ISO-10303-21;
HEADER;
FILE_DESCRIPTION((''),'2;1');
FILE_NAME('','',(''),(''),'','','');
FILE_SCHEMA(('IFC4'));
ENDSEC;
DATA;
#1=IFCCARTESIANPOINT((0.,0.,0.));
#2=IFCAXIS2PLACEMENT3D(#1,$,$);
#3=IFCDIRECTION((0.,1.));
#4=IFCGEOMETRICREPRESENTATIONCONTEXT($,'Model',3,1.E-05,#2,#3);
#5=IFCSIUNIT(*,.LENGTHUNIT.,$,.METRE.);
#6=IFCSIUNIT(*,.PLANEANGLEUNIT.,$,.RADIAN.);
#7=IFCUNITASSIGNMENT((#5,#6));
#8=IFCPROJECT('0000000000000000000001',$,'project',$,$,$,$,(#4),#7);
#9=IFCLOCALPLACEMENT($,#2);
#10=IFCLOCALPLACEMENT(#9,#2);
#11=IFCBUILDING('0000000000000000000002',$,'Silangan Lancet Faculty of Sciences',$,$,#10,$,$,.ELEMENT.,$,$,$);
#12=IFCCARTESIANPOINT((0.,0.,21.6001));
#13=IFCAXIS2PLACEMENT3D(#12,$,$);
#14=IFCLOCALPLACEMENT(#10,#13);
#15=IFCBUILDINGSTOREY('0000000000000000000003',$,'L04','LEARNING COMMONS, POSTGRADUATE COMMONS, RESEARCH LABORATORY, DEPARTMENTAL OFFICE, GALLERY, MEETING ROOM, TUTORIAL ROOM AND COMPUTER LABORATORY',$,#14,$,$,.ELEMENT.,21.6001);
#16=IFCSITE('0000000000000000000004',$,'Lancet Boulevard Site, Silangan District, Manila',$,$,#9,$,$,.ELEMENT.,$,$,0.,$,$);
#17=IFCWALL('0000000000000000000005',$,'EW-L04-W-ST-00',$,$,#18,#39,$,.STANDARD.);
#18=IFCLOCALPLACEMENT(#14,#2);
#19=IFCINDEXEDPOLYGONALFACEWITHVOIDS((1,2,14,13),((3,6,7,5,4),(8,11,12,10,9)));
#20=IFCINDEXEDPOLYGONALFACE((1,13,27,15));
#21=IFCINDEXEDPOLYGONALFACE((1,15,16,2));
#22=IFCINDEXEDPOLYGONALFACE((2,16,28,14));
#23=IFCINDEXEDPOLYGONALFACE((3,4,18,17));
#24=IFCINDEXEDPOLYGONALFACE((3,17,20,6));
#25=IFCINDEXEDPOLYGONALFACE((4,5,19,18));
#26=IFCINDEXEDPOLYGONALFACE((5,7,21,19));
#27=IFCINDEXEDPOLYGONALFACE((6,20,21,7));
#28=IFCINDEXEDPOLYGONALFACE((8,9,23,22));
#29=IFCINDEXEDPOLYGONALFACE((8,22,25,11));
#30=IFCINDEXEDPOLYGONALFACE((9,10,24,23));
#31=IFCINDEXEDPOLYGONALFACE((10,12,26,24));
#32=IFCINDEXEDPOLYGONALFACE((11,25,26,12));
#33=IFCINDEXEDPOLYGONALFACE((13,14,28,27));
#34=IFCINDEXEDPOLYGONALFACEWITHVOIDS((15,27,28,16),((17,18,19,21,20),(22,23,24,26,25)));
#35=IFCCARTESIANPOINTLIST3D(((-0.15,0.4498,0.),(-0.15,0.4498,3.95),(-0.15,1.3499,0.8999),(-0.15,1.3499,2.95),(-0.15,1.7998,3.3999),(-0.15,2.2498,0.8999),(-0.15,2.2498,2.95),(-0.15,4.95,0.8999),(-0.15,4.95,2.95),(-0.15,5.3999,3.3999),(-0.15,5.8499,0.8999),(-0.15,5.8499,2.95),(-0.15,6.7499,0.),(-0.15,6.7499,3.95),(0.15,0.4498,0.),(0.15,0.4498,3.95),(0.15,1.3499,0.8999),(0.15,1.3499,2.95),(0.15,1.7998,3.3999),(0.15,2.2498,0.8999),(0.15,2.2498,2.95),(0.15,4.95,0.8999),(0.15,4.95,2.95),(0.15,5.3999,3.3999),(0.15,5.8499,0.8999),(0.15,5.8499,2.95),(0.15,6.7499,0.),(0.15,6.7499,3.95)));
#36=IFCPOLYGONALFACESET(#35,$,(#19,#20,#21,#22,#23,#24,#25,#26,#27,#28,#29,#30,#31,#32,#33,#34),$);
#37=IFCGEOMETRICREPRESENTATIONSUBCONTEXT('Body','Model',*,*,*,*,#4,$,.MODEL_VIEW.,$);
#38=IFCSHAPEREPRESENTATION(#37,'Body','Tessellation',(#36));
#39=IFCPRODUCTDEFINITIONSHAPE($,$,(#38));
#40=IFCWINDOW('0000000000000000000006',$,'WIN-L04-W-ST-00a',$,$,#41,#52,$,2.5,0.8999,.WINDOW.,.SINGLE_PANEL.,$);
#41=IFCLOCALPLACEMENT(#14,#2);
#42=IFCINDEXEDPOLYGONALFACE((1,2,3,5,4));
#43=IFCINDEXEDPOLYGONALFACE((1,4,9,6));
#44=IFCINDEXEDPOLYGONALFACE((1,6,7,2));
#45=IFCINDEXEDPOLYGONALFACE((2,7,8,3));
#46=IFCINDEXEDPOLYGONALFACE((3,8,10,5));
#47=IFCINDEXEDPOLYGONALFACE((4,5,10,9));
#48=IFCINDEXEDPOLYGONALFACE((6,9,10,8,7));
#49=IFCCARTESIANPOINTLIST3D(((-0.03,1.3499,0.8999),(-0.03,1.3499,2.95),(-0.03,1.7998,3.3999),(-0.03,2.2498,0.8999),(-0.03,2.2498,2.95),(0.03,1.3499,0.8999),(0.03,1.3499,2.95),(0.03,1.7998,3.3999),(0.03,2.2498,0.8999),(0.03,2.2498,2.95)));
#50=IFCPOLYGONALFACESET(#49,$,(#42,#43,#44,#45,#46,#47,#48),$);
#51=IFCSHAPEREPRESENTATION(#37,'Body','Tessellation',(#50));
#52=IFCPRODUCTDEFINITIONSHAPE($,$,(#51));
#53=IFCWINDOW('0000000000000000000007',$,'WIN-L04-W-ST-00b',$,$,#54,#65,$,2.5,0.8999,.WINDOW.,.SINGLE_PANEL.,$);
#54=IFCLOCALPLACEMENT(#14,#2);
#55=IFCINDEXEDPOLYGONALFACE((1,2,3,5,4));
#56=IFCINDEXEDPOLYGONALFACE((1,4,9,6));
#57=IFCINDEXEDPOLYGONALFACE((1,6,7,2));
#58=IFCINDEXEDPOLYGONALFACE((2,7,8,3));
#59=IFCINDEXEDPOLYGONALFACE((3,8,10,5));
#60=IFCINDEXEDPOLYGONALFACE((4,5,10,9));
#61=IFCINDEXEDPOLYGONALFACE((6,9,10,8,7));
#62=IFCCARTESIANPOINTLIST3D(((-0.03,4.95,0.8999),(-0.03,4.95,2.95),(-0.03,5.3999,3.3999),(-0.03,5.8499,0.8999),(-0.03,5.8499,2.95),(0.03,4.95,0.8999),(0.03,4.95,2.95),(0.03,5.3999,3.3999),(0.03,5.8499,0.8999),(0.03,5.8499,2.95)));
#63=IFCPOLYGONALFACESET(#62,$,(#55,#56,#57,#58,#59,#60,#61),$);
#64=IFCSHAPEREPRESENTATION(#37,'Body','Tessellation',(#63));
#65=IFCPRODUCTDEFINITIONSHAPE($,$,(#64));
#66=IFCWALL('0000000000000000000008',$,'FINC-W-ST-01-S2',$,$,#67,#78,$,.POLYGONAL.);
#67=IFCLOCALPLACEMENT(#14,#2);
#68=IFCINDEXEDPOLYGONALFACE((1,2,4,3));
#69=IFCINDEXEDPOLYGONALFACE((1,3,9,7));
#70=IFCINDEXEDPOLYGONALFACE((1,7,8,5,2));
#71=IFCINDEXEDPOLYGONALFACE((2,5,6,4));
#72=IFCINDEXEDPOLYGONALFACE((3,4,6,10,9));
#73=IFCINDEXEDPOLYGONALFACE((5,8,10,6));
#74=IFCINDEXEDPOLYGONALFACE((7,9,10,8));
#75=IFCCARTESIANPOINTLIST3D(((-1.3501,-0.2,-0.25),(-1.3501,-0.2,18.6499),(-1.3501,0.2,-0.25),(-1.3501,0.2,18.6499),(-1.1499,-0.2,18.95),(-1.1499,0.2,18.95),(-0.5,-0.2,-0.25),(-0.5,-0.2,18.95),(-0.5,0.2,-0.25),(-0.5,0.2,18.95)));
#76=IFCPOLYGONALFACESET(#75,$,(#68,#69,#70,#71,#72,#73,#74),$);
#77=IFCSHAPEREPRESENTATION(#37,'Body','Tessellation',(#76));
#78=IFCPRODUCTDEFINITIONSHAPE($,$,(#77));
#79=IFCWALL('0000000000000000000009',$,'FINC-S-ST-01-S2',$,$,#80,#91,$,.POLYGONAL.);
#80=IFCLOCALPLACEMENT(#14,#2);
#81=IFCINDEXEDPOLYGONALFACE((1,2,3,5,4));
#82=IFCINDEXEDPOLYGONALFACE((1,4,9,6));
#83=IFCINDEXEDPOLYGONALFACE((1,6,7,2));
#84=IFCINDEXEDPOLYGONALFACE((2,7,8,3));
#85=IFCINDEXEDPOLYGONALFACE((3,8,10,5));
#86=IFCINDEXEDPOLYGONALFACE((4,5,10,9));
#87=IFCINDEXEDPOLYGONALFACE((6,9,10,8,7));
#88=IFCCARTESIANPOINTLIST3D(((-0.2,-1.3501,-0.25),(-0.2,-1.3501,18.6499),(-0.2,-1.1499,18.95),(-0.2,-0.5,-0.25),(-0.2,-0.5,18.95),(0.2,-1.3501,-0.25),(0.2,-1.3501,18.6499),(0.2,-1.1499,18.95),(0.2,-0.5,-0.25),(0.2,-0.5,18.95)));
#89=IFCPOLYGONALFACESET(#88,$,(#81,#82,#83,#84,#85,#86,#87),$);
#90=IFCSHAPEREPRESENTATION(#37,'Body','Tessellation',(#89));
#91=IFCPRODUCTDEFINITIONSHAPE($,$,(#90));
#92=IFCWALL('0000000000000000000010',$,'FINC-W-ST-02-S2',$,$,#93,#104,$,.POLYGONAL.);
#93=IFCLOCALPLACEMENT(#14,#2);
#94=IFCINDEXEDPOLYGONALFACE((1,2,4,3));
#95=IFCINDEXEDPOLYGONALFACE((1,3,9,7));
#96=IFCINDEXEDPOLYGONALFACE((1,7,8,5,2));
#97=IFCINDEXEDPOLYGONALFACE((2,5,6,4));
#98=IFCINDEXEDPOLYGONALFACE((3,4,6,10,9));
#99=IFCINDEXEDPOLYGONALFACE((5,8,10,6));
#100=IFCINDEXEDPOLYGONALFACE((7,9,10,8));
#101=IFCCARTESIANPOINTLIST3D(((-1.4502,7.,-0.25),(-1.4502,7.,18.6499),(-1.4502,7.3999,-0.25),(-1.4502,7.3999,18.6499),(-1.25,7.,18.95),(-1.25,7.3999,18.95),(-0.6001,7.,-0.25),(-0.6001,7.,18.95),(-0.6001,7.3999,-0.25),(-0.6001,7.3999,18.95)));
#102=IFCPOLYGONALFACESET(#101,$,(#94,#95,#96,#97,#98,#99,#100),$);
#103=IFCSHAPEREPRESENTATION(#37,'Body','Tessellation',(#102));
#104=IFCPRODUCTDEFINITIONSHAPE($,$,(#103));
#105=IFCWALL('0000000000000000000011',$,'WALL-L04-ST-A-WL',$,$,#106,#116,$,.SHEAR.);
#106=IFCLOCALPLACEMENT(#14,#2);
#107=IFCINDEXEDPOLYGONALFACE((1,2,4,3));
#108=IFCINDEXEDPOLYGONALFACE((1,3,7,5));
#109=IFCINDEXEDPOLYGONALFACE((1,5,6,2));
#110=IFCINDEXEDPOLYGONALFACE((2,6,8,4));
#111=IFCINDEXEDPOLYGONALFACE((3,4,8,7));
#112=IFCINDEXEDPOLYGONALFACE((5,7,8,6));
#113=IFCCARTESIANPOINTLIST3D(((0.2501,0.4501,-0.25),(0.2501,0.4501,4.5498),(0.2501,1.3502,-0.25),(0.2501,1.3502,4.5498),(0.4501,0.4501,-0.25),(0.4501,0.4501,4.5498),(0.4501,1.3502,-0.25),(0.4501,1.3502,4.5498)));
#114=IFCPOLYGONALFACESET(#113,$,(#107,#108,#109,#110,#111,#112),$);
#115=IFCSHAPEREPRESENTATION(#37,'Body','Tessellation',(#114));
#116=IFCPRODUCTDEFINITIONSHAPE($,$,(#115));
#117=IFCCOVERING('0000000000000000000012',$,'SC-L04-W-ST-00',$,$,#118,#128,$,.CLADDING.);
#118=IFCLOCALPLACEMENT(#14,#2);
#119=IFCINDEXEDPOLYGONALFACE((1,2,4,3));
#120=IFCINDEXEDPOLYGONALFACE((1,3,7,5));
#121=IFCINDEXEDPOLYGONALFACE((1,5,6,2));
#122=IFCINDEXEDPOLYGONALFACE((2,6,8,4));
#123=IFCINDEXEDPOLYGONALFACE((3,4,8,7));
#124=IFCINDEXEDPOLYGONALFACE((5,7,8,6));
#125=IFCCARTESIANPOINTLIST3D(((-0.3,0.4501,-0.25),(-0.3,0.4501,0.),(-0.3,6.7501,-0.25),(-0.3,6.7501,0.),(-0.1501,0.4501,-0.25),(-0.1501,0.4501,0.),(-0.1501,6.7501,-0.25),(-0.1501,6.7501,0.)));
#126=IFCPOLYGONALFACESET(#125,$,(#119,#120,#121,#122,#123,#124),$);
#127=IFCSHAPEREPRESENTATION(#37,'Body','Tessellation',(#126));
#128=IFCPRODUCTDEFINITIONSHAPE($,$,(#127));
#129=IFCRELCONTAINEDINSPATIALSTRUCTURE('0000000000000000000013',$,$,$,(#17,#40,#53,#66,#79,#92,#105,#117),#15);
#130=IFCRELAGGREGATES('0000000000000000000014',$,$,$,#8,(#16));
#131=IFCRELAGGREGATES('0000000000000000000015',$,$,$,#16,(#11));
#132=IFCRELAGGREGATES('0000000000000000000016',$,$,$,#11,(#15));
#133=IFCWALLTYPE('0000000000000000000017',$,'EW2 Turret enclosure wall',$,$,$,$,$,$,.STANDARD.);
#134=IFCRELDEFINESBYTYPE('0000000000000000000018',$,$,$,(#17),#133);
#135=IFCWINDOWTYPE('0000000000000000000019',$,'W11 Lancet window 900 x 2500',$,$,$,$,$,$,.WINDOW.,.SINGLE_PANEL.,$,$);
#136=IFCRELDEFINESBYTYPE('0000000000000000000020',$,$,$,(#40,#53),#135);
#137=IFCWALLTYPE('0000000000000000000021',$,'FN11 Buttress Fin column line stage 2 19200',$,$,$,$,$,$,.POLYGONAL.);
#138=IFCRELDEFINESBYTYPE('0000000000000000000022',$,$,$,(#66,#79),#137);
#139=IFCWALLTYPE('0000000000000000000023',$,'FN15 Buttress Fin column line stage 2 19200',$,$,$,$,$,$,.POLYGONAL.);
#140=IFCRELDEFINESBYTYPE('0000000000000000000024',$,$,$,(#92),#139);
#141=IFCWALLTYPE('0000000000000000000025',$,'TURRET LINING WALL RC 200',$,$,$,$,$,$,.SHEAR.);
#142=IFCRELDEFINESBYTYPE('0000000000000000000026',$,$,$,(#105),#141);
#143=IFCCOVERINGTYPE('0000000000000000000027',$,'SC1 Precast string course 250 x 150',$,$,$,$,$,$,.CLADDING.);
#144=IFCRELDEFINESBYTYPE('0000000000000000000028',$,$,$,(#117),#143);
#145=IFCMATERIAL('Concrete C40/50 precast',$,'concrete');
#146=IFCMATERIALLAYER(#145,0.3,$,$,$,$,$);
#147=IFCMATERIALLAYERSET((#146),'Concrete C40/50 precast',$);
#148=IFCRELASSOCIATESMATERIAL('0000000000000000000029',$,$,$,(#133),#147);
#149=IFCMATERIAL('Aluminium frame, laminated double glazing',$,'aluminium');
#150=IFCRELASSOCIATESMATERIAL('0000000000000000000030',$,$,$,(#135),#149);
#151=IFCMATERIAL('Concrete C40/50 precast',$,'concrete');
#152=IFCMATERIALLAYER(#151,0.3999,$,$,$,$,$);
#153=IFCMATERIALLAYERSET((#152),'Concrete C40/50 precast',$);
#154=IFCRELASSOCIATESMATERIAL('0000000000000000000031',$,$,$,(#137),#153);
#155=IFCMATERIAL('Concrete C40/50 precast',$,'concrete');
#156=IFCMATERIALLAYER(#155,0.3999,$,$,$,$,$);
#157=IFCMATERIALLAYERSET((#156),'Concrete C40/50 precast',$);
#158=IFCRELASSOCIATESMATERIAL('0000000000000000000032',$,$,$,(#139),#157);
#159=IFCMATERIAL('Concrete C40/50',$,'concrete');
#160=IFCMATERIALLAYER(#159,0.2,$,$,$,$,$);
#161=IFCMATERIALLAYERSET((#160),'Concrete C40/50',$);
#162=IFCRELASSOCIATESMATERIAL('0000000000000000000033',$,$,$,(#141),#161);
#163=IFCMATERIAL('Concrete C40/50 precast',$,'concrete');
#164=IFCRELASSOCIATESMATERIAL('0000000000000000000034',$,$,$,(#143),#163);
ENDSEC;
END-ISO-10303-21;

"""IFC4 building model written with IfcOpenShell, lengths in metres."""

from ifc_helpers import new_model, si_unit, direction, frame, frame_2d, origin, origin_2d, place, context, subcontext, project, spatial, polyline, rectangle, outline, extrude, material, layer, layer_set, type_object, element, fill, save


model = new_model("IFC4")

# Units and contexts
model_context = context("Model", 3, precision=1e-05, world=origin(), true_north=direction((0.0, 1.0)))
body_context = subcontext(model_context, "Body", "Model", "MODEL_VIEW")
ifc_project = project(units=[si_unit("LENGTHUNIT", "METRE"), si_unit("PLANEANGLEUNIT", "RADIAN")], contexts=[model_context])

# Site, building, storey
site_placement = place(None, origin())
site = spatial("IfcSite", under=ifc_project, at=site_placement, Name="Lancet Boulevard Site, Silangan District, Manila", CompositionType="ELEMENT", RefElevation=0.0)
building_placement = place(site_placement, origin())
building = spatial("IfcBuilding", under=site, at=building_placement, Name="Silangan Lancet Faculty of Sciences", CompositionType="ELEMENT")
storey_placement = place(building_placement, frame((0.0, 0.0, 21.6001)))
storey = spatial("IfcBuildingStorey", under=building, at=storey_placement, Name="L04", Description="LEARNING COMMONS, POSTGRADUATE COMMONS, RESEARCH LABORATORY, DEPARTMENTAL OFFICE, GALLERY, MEETING ROOM, TUTORIAL ROOM AND COMPUTER LABORATORY", CompositionType="ELEMENT", Elevation=21.6001)

# Wall, openings, windows
ifc_material_1 = material(Name="Concrete C40/50 precast", Category="concrete")
ifc_layer_1 = layer(ifc_material_1, 0.3)
ifc_layer_set_1 = layer_set([ifc_layer_1], Name="Concrete C40/50 precast")
wall_type_1 = type_object("IfcWallType", Name="EW2 Turret enclosure wall", PredefinedType="STANDARD", material=ifc_layer_set_1)
wall_1_placement = place(storey_placement, frame((0.0, 0.45, 0.0), z_axis=(0.0, 0.0, 1.0), x_axis=(0.0, 1.0, 0.0)))
wall_1 = element("IfcWall", 1, at=wall_1_placement, inside=storey, type_object=wall_type_1, Name="EW-L04-W-ST-00", PredefinedType="STANDARD", context=body_context, shape_type="SweptSolid", body=[
    extrude(rectangle(XDim=6.3, YDim=0.3, at=frame_2d((3.1499, 0.0))), origin(), (0.0, 0.0, 1.0), 3.95),
])
opening_1_placement = place(wall_1_placement, frame((0.8999, 0.0, 0.8999)))
opening_1 = element("IfcOpeningElement", 2, at=opening_1_placement, cuts=wall_1, PredefinedType="OPENING", context=body_context, shape_type="SweptSolid", body=[
    extrude(outline(polyline([(0.0, 0.0), (0.8999, 0.0), (0.8999, 2.05), (0.45, 2.5), (0.0, 2.05), (0.0, 0.0)])), frame((0.0, 0.1599, 0.0), z_axis=(0.0, -1.0, 0.0), x_axis=(1.0, 0.0, 0.0)), (0.0, 0.0, 1.0), 0.3201),
])
opening_2_placement = place(wall_1_placement, frame((4.5, 0.0, 0.8999)))
opening_2 = element("IfcOpeningElement", 3, at=opening_2_placement, cuts=wall_1, PredefinedType="OPENING", context=body_context, shape_type="SweptSolid", body=[
    extrude(outline(polyline([(0.0, 0.0), (0.8999, 0.0), (0.8999, 2.05), (0.45, 2.5), (0.0, 2.05), (0.0, 0.0)])), frame((0.0, 0.1599, 0.0), z_axis=(0.0, -1.0, 0.0), x_axis=(1.0, 0.0, 0.0)), (0.0, 0.0, 1.0), 0.3201),
])
ifc_material_2 = material(Name="Aluminium frame, laminated double glazing", Category="aluminium")
window_type = type_object("IfcWindowType", Name="W11 Lancet window 900 x 2500", PartitioningType="SINGLE_PANEL", PredefinedType="WINDOW", material=ifc_material_2)
window_1_placement = place(opening_1_placement, origin())
window_1 = element("IfcWindow", 4, at=window_1_placement, inside=storey, type_object=window_type, Name="WIN-L04-W-ST-00a", OverallHeight=2.5, OverallWidth=0.8999, PartitioningType="SINGLE_PANEL", PredefinedType="WINDOW", context=body_context, shape_type="SweptSolid", body=[
    extrude(outline(polyline([(0.0, 0.0), (0.8999, 0.0), (0.8999, 2.05), (0.45, 2.5), (0.0, 2.05), (0.0, 0.0)])), frame((0.0, 0.03, 0.0), z_axis=(0.0, -1.0, 0.0), x_axis=(1.0, 0.0, 0.0)), (0.0, 0.0, 1.0), 0.0601),
])
fill(opening_1, window_1)
window_2_placement = place(opening_2_placement, origin())
window_2 = element("IfcWindow", 5, at=window_2_placement, inside=storey, type_object=window_type, Name="WIN-L04-W-ST-00b", OverallHeight=2.5, OverallWidth=0.8999, PartitioningType="SINGLE_PANEL", PredefinedType="WINDOW", context=body_context, shape_type="SweptSolid", body=[
    extrude(outline(polyline([(0.0, 0.0), (0.8999, 0.0), (0.8999, 2.05), (0.45, 2.5), (0.0, 2.05), (0.0, 0.0)])), frame((0.0, 0.03, 0.0), z_axis=(0.0, -1.0, 0.0), x_axis=(1.0, 0.0, 0.0)), (0.0, 0.0, 1.0), 0.0601),
])
fill(opening_2, window_2)

# Walls
ifc_material_3 = material(Name="Concrete C40/50 precast", Category="concrete")
ifc_layer_2 = layer(ifc_material_3, 0.3999)
ifc_layer_set_2 = layer_set([ifc_layer_2], Name="Concrete C40/50 precast")
wall_type_2 = type_object("IfcWallType", Name="FN11 Buttress Fin column line stage 2 19200", PredefinedType="POLYGONAL", material=ifc_layer_set_2)
for number, where, z_axis, x_axis, name in (
    (6, (-0.5, 0.0, -0.25), (0.0, 0.0, 1.0), (-1.0, 0.0, 0.0), "FINC-W-ST-01-S2"),
    (7, (0.0, -0.5, -0.25), (0.0, 0.0, 1.0), (0.0, -1.0, 0.0), "FINC-S-ST-01-S2"),
):
    element("IfcWall", number, at=place(storey_placement, frame(where, z_axis=z_axis, x_axis=x_axis)), inside=storey, type_object=wall_type_2, Name=name, PredefinedType="POLYGONAL", context=body_context, shape_type="SweptSolid", body=[
        extrude(outline(polyline([(0.8501, 0.0), (0.8501, 18.8999), (0.6499, 19.2), (0.0, 19.2), (0.0, 0.0), (0.8501, 0.0)])), frame((0.0, 0.2, 0.0), z_axis=(0.0, -1.0, 0.0), x_axis=(1.0, 0.0, 0.0)), (0.0, 0.0, 1.0), 0.3999),
    ])
ifc_material_4 = material(Name="Concrete C40/50 precast", Category="concrete")
ifc_layer_3 = layer(ifc_material_4, 0.3999)
ifc_layer_set_3 = layer_set([ifc_layer_3], Name="Concrete C40/50 precast")
wall_type_3 = type_object("IfcWallType", Name="FN15 Buttress Fin column line stage 2 19200", PredefinedType="POLYGONAL", material=ifc_layer_set_3)
wall_2_placement = place(storey_placement, frame((-0.6001, 7.2, -0.25), z_axis=(0.0, 0.0, 1.0), x_axis=(-1.0, 0.0, 0.0)))
element("IfcWall", 8, at=wall_2_placement, inside=storey, type_object=wall_type_3, Name="FINC-W-ST-02-S2", PredefinedType="POLYGONAL", context=body_context, shape_type="SweptSolid", body=[
    extrude(outline(polyline([(0.8501, 0.0), (0.8501, 18.8999), (0.6499, 19.2), (0.0, 19.2), (0.0, 0.0), (0.8501, 0.0)])), frame((0.0, 0.2, 0.0), z_axis=(0.0, -1.0, 0.0), x_axis=(1.0, 0.0, 0.0)), (0.0, 0.0, 1.0), 0.3999),
])
ifc_material_5 = material(Name="Concrete C40/50", Category="concrete")
ifc_layer_4 = layer(ifc_material_5, 0.2)
ifc_layer_set_4 = layer_set([ifc_layer_4], Name="Concrete C40/50")
wall_type_4 = type_object("IfcWallType", Name="TURRET LINING WALL RC 200", PredefinedType="SHEAR", material=ifc_layer_set_4)
wall_3_placement = place(storey_placement, frame((0.3501, 0.45, -0.25), z_axis=(0.0, 0.0, 1.0), x_axis=(0.0, 1.0, 0.0)))
element("IfcWall", 9, at=wall_3_placement, inside=storey, type_object=wall_type_4, Name="WALL-L04-ST-A-WL", PredefinedType="SHEAR", context=body_context, shape_type="SweptSolid", body=[
    extrude(rectangle(XDim=0.9001, YDim=0.2, at=frame_2d((0.4502, 0.0))), origin(), (0.0, 0.0, 1.0), 4.7998),
])

# Covering
ifc_material_6 = material(Name="Concrete C40/50 precast", Category="concrete")
covering_type = type_object("IfcCoveringType", Name="SC1 Precast string course 250 x 150", PredefinedType="CLADDING", material=ifc_material_6)
covering_placement = place(storey_placement, frame((-0.2251, 3.6001, -0.25), z_axis=(0.0, 0.0, 1.0), x_axis=(1.0, 0.0, 0.0)))
element("IfcCovering", 10, at=covering_placement, inside=storey, type_object=covering_type, Name="SC-L04-W-ST-00", PredefinedType="CLADDING", context=body_context, shape_type="SweptSolid", body=[
    extrude(rectangle(XDim=0.1499, YDim=6.3, at=origin_2d()), origin(), (0.0, 0.0, 1.0), 0.25),
])

save(model, "model.ifc")
